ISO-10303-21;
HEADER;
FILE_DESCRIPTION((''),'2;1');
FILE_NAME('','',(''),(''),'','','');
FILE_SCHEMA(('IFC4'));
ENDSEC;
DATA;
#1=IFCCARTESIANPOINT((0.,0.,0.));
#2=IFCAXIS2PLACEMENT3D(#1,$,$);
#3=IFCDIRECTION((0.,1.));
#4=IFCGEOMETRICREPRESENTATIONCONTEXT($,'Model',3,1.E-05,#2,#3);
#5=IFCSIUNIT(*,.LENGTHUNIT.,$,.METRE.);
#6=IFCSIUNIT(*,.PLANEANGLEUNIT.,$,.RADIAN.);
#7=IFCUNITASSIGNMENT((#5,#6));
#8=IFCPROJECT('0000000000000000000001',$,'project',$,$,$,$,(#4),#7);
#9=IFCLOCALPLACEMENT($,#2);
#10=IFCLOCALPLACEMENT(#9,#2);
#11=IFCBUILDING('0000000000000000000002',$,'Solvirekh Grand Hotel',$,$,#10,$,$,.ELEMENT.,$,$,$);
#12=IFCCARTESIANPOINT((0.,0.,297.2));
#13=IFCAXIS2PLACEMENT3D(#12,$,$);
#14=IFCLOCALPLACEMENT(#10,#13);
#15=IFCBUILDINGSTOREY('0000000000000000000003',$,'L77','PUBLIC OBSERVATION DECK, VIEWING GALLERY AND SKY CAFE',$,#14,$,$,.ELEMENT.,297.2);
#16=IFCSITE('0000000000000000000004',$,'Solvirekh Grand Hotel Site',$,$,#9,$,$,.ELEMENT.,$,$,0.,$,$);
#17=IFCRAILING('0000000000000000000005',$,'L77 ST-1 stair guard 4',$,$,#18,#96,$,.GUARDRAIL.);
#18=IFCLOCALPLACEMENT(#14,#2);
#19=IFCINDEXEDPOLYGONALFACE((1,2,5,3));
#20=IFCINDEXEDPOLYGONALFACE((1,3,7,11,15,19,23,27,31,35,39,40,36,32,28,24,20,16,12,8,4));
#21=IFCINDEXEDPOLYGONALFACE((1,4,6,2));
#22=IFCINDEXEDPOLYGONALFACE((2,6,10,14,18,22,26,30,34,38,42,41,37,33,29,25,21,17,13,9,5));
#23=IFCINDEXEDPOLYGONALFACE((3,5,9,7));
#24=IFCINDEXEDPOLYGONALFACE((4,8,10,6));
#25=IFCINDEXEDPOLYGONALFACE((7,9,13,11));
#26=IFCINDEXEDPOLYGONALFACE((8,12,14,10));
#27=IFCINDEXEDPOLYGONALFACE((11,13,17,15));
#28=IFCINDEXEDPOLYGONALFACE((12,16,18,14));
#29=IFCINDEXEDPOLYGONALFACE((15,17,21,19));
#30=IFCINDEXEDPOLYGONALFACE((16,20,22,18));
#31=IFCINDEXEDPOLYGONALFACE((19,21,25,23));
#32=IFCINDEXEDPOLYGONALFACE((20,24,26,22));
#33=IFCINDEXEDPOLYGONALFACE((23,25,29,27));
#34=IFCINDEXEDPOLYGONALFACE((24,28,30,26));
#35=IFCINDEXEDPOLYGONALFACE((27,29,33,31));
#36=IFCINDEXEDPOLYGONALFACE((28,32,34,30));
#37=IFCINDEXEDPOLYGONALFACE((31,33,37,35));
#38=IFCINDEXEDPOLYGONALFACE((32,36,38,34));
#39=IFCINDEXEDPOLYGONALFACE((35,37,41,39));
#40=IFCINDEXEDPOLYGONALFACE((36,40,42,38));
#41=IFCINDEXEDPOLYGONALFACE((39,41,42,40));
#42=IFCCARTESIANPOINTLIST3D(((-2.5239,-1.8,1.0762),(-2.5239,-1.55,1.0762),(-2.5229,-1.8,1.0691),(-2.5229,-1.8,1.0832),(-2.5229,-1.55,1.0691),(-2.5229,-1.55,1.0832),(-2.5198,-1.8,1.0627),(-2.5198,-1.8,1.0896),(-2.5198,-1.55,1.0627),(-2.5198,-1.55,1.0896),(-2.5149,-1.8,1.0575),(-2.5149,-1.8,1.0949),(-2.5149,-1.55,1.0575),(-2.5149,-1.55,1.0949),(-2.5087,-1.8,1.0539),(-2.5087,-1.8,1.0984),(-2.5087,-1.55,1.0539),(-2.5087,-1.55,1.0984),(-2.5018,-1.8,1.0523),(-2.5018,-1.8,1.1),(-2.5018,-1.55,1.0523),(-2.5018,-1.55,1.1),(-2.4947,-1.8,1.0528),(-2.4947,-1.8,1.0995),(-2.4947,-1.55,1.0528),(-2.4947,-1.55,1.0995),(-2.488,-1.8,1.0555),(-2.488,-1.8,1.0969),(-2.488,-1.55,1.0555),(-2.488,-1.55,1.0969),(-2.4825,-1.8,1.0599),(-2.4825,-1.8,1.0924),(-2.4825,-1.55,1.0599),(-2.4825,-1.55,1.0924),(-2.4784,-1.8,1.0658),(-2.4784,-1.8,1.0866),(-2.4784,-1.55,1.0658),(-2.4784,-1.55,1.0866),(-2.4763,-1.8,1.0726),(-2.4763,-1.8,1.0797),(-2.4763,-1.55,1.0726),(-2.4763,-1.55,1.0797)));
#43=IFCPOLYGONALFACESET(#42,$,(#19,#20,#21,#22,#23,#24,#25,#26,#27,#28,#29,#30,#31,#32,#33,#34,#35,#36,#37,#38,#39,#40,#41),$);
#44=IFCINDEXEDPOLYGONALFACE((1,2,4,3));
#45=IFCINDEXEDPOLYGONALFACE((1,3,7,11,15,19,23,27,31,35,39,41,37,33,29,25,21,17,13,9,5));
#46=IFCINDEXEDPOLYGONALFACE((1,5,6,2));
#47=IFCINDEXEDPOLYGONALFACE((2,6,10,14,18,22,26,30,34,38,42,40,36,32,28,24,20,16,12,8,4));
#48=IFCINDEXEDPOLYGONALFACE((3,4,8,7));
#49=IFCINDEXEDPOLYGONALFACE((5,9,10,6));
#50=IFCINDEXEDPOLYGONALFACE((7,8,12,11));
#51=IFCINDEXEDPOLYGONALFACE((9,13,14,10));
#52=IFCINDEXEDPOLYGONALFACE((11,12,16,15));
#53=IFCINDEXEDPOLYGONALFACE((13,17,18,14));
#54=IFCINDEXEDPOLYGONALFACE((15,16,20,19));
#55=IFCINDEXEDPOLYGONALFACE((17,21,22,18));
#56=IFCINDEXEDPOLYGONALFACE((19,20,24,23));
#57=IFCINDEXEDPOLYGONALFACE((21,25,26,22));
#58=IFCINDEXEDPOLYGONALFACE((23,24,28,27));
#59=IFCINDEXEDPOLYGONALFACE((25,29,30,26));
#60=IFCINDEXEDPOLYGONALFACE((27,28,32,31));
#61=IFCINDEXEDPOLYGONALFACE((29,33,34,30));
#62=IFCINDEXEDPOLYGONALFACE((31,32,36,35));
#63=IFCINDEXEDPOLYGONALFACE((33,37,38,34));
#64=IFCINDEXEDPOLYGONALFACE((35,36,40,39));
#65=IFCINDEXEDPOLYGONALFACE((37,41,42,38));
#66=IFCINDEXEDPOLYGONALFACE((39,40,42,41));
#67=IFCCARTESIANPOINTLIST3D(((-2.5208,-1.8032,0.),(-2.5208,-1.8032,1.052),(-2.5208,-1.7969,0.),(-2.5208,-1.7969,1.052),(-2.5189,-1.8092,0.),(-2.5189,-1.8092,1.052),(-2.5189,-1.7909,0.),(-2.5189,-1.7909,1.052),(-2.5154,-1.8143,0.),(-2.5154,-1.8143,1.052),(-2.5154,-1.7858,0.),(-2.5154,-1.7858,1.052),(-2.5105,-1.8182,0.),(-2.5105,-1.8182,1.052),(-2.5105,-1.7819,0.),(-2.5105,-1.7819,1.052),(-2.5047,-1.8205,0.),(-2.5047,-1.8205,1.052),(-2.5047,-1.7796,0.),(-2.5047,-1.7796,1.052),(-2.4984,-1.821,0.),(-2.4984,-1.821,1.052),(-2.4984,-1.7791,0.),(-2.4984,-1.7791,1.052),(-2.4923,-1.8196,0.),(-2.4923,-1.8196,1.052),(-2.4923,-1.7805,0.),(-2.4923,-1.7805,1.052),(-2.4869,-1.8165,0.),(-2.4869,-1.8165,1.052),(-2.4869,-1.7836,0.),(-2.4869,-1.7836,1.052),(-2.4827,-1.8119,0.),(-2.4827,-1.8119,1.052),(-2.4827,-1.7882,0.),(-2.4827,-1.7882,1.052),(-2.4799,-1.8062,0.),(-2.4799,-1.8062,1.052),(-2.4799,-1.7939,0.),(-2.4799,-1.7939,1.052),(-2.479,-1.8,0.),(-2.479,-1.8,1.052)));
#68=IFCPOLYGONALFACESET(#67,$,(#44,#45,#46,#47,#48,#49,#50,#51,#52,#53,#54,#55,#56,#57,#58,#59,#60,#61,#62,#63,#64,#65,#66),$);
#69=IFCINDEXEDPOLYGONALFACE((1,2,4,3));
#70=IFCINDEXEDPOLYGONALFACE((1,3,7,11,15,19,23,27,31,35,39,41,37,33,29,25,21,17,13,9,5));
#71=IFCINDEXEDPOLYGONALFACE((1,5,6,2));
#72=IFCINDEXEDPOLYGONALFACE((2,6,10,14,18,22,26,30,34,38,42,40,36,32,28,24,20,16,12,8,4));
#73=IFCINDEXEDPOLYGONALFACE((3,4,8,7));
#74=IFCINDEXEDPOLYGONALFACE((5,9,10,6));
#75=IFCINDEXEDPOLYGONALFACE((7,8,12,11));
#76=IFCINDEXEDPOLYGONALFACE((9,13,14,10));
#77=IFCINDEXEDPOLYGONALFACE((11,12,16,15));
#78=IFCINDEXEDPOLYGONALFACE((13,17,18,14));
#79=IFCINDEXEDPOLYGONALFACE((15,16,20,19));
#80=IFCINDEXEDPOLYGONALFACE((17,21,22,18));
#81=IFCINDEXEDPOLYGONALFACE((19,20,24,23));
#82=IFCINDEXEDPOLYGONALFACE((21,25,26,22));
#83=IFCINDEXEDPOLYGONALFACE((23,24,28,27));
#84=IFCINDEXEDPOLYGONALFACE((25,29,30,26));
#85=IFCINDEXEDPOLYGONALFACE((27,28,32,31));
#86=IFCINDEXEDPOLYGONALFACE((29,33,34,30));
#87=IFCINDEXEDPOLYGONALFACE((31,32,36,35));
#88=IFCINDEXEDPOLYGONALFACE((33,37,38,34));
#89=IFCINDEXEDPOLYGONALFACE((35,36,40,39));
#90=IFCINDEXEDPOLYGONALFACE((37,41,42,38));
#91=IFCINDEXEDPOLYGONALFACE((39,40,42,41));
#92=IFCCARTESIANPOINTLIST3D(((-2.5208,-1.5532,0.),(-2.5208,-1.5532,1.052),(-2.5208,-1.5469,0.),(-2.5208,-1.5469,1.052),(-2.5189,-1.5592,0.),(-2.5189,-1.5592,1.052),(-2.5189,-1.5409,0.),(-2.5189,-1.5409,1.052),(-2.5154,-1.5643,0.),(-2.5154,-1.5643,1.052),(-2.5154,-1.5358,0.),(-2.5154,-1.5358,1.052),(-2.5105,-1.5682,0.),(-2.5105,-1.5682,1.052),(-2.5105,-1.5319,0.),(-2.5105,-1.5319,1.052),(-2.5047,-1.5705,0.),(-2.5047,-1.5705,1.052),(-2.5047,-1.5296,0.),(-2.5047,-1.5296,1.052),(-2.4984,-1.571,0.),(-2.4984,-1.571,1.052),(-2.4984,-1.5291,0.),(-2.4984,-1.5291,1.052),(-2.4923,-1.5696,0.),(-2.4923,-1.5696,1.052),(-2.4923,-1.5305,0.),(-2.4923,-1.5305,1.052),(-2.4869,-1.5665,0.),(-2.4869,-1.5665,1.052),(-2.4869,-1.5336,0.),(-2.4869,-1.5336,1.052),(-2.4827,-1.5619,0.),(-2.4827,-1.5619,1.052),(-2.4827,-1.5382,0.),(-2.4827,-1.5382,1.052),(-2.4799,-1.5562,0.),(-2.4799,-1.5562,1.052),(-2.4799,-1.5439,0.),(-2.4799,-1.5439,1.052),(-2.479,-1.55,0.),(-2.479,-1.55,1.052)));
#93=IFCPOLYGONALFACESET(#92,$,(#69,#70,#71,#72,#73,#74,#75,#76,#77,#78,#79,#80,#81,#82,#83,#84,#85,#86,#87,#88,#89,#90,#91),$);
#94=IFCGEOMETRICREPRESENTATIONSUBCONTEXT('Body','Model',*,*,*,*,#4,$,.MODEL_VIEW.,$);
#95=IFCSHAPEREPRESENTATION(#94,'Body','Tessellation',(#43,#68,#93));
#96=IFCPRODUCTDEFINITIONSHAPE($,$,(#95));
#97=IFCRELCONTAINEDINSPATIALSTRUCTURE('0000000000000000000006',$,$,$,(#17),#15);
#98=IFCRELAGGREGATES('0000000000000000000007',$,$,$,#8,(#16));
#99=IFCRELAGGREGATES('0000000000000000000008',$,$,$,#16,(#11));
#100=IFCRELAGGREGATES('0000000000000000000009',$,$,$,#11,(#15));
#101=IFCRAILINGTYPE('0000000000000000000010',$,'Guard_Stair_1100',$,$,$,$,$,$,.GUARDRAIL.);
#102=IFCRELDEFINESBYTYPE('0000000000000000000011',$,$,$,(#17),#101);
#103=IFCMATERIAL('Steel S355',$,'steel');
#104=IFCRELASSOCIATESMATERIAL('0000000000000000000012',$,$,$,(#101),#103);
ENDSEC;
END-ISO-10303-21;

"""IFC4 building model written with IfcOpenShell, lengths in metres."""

from ifc_helpers import new_model, si_unit, direction, frame, origin, origin_2d, place, context, subcontext, project, spatial, circle, extrude, material, type_object, element, save


model = new_model("IFC4")

# Units and contexts
model_context = context("Model", 3, precision=1e-05, world=origin(), true_north=direction((0.0, 1.0)))
body_context = subcontext(model_context, "Body", "Model", "MODEL_VIEW")
ifc_project = project(units=[si_unit("LENGTHUNIT", "METRE"), si_unit("PLANEANGLEUNIT", "RADIAN")], contexts=[model_context])

# Site, building, storey
site_placement = place(None, origin())
site = spatial("IfcSite", under=ifc_project, at=site_placement, Name="Solvirekh Grand Hotel Site", CompositionType="ELEMENT", RefElevation=0.0)
building_placement = place(site_placement, origin())
building = spatial("IfcBuilding", under=site, at=building_placement, Name="Solvirekh Grand Hotel", CompositionType="ELEMENT")
storey_placement = place(building_placement, frame((0.0, 0.0, 297.2)))
storey = spatial("IfcBuildingStorey", under=building, at=storey_placement, Name="L77", Description="PUBLIC OBSERVATION DECK, VIEWING GALLERY AND SKY CAFE", CompositionType="ELEMENT", Elevation=297.2)

# Railing
ifc_material_1 = material(Name="Steel S355", Category="steel")
railing_type_1 = type_object("IfcRailingType", Name="Guard_Stair_1100", PredefinedType="GUARDRAIL", material=ifc_material_1)
railing_1_placement = place(storey_placement, frame((-2.5, -1.8, 0.0)))
element("IfcRailing", 1, at=railing_1_placement, inside=storey, type_object=railing_type_1, Name="L77 ST-1 stair guard 4", PredefinedType="GUARDRAIL", context=body_context, shape_type="SweptSolid", body=[
    extrude(circle(Radius=0.0239, at=origin_2d()), frame((0.0, 0.0, 1.0762), z_axis=(0.0, 1.0, 0.0), x_axis=(-1.0, 0.0, 0.0)), (0.0, 0.0, 1.0), 0.25),
    extrude(circle(Radius=0.021, at=origin_2d()), origin(), (0.0, 0.0, 1.0), 1.052),
    extrude(circle(Radius=0.021, at=origin_2d()), frame((0.0, 0.25, 0.0)), (0.0, 0.0, 1.0), 1.052),
])

save(model, "model.ifc")
